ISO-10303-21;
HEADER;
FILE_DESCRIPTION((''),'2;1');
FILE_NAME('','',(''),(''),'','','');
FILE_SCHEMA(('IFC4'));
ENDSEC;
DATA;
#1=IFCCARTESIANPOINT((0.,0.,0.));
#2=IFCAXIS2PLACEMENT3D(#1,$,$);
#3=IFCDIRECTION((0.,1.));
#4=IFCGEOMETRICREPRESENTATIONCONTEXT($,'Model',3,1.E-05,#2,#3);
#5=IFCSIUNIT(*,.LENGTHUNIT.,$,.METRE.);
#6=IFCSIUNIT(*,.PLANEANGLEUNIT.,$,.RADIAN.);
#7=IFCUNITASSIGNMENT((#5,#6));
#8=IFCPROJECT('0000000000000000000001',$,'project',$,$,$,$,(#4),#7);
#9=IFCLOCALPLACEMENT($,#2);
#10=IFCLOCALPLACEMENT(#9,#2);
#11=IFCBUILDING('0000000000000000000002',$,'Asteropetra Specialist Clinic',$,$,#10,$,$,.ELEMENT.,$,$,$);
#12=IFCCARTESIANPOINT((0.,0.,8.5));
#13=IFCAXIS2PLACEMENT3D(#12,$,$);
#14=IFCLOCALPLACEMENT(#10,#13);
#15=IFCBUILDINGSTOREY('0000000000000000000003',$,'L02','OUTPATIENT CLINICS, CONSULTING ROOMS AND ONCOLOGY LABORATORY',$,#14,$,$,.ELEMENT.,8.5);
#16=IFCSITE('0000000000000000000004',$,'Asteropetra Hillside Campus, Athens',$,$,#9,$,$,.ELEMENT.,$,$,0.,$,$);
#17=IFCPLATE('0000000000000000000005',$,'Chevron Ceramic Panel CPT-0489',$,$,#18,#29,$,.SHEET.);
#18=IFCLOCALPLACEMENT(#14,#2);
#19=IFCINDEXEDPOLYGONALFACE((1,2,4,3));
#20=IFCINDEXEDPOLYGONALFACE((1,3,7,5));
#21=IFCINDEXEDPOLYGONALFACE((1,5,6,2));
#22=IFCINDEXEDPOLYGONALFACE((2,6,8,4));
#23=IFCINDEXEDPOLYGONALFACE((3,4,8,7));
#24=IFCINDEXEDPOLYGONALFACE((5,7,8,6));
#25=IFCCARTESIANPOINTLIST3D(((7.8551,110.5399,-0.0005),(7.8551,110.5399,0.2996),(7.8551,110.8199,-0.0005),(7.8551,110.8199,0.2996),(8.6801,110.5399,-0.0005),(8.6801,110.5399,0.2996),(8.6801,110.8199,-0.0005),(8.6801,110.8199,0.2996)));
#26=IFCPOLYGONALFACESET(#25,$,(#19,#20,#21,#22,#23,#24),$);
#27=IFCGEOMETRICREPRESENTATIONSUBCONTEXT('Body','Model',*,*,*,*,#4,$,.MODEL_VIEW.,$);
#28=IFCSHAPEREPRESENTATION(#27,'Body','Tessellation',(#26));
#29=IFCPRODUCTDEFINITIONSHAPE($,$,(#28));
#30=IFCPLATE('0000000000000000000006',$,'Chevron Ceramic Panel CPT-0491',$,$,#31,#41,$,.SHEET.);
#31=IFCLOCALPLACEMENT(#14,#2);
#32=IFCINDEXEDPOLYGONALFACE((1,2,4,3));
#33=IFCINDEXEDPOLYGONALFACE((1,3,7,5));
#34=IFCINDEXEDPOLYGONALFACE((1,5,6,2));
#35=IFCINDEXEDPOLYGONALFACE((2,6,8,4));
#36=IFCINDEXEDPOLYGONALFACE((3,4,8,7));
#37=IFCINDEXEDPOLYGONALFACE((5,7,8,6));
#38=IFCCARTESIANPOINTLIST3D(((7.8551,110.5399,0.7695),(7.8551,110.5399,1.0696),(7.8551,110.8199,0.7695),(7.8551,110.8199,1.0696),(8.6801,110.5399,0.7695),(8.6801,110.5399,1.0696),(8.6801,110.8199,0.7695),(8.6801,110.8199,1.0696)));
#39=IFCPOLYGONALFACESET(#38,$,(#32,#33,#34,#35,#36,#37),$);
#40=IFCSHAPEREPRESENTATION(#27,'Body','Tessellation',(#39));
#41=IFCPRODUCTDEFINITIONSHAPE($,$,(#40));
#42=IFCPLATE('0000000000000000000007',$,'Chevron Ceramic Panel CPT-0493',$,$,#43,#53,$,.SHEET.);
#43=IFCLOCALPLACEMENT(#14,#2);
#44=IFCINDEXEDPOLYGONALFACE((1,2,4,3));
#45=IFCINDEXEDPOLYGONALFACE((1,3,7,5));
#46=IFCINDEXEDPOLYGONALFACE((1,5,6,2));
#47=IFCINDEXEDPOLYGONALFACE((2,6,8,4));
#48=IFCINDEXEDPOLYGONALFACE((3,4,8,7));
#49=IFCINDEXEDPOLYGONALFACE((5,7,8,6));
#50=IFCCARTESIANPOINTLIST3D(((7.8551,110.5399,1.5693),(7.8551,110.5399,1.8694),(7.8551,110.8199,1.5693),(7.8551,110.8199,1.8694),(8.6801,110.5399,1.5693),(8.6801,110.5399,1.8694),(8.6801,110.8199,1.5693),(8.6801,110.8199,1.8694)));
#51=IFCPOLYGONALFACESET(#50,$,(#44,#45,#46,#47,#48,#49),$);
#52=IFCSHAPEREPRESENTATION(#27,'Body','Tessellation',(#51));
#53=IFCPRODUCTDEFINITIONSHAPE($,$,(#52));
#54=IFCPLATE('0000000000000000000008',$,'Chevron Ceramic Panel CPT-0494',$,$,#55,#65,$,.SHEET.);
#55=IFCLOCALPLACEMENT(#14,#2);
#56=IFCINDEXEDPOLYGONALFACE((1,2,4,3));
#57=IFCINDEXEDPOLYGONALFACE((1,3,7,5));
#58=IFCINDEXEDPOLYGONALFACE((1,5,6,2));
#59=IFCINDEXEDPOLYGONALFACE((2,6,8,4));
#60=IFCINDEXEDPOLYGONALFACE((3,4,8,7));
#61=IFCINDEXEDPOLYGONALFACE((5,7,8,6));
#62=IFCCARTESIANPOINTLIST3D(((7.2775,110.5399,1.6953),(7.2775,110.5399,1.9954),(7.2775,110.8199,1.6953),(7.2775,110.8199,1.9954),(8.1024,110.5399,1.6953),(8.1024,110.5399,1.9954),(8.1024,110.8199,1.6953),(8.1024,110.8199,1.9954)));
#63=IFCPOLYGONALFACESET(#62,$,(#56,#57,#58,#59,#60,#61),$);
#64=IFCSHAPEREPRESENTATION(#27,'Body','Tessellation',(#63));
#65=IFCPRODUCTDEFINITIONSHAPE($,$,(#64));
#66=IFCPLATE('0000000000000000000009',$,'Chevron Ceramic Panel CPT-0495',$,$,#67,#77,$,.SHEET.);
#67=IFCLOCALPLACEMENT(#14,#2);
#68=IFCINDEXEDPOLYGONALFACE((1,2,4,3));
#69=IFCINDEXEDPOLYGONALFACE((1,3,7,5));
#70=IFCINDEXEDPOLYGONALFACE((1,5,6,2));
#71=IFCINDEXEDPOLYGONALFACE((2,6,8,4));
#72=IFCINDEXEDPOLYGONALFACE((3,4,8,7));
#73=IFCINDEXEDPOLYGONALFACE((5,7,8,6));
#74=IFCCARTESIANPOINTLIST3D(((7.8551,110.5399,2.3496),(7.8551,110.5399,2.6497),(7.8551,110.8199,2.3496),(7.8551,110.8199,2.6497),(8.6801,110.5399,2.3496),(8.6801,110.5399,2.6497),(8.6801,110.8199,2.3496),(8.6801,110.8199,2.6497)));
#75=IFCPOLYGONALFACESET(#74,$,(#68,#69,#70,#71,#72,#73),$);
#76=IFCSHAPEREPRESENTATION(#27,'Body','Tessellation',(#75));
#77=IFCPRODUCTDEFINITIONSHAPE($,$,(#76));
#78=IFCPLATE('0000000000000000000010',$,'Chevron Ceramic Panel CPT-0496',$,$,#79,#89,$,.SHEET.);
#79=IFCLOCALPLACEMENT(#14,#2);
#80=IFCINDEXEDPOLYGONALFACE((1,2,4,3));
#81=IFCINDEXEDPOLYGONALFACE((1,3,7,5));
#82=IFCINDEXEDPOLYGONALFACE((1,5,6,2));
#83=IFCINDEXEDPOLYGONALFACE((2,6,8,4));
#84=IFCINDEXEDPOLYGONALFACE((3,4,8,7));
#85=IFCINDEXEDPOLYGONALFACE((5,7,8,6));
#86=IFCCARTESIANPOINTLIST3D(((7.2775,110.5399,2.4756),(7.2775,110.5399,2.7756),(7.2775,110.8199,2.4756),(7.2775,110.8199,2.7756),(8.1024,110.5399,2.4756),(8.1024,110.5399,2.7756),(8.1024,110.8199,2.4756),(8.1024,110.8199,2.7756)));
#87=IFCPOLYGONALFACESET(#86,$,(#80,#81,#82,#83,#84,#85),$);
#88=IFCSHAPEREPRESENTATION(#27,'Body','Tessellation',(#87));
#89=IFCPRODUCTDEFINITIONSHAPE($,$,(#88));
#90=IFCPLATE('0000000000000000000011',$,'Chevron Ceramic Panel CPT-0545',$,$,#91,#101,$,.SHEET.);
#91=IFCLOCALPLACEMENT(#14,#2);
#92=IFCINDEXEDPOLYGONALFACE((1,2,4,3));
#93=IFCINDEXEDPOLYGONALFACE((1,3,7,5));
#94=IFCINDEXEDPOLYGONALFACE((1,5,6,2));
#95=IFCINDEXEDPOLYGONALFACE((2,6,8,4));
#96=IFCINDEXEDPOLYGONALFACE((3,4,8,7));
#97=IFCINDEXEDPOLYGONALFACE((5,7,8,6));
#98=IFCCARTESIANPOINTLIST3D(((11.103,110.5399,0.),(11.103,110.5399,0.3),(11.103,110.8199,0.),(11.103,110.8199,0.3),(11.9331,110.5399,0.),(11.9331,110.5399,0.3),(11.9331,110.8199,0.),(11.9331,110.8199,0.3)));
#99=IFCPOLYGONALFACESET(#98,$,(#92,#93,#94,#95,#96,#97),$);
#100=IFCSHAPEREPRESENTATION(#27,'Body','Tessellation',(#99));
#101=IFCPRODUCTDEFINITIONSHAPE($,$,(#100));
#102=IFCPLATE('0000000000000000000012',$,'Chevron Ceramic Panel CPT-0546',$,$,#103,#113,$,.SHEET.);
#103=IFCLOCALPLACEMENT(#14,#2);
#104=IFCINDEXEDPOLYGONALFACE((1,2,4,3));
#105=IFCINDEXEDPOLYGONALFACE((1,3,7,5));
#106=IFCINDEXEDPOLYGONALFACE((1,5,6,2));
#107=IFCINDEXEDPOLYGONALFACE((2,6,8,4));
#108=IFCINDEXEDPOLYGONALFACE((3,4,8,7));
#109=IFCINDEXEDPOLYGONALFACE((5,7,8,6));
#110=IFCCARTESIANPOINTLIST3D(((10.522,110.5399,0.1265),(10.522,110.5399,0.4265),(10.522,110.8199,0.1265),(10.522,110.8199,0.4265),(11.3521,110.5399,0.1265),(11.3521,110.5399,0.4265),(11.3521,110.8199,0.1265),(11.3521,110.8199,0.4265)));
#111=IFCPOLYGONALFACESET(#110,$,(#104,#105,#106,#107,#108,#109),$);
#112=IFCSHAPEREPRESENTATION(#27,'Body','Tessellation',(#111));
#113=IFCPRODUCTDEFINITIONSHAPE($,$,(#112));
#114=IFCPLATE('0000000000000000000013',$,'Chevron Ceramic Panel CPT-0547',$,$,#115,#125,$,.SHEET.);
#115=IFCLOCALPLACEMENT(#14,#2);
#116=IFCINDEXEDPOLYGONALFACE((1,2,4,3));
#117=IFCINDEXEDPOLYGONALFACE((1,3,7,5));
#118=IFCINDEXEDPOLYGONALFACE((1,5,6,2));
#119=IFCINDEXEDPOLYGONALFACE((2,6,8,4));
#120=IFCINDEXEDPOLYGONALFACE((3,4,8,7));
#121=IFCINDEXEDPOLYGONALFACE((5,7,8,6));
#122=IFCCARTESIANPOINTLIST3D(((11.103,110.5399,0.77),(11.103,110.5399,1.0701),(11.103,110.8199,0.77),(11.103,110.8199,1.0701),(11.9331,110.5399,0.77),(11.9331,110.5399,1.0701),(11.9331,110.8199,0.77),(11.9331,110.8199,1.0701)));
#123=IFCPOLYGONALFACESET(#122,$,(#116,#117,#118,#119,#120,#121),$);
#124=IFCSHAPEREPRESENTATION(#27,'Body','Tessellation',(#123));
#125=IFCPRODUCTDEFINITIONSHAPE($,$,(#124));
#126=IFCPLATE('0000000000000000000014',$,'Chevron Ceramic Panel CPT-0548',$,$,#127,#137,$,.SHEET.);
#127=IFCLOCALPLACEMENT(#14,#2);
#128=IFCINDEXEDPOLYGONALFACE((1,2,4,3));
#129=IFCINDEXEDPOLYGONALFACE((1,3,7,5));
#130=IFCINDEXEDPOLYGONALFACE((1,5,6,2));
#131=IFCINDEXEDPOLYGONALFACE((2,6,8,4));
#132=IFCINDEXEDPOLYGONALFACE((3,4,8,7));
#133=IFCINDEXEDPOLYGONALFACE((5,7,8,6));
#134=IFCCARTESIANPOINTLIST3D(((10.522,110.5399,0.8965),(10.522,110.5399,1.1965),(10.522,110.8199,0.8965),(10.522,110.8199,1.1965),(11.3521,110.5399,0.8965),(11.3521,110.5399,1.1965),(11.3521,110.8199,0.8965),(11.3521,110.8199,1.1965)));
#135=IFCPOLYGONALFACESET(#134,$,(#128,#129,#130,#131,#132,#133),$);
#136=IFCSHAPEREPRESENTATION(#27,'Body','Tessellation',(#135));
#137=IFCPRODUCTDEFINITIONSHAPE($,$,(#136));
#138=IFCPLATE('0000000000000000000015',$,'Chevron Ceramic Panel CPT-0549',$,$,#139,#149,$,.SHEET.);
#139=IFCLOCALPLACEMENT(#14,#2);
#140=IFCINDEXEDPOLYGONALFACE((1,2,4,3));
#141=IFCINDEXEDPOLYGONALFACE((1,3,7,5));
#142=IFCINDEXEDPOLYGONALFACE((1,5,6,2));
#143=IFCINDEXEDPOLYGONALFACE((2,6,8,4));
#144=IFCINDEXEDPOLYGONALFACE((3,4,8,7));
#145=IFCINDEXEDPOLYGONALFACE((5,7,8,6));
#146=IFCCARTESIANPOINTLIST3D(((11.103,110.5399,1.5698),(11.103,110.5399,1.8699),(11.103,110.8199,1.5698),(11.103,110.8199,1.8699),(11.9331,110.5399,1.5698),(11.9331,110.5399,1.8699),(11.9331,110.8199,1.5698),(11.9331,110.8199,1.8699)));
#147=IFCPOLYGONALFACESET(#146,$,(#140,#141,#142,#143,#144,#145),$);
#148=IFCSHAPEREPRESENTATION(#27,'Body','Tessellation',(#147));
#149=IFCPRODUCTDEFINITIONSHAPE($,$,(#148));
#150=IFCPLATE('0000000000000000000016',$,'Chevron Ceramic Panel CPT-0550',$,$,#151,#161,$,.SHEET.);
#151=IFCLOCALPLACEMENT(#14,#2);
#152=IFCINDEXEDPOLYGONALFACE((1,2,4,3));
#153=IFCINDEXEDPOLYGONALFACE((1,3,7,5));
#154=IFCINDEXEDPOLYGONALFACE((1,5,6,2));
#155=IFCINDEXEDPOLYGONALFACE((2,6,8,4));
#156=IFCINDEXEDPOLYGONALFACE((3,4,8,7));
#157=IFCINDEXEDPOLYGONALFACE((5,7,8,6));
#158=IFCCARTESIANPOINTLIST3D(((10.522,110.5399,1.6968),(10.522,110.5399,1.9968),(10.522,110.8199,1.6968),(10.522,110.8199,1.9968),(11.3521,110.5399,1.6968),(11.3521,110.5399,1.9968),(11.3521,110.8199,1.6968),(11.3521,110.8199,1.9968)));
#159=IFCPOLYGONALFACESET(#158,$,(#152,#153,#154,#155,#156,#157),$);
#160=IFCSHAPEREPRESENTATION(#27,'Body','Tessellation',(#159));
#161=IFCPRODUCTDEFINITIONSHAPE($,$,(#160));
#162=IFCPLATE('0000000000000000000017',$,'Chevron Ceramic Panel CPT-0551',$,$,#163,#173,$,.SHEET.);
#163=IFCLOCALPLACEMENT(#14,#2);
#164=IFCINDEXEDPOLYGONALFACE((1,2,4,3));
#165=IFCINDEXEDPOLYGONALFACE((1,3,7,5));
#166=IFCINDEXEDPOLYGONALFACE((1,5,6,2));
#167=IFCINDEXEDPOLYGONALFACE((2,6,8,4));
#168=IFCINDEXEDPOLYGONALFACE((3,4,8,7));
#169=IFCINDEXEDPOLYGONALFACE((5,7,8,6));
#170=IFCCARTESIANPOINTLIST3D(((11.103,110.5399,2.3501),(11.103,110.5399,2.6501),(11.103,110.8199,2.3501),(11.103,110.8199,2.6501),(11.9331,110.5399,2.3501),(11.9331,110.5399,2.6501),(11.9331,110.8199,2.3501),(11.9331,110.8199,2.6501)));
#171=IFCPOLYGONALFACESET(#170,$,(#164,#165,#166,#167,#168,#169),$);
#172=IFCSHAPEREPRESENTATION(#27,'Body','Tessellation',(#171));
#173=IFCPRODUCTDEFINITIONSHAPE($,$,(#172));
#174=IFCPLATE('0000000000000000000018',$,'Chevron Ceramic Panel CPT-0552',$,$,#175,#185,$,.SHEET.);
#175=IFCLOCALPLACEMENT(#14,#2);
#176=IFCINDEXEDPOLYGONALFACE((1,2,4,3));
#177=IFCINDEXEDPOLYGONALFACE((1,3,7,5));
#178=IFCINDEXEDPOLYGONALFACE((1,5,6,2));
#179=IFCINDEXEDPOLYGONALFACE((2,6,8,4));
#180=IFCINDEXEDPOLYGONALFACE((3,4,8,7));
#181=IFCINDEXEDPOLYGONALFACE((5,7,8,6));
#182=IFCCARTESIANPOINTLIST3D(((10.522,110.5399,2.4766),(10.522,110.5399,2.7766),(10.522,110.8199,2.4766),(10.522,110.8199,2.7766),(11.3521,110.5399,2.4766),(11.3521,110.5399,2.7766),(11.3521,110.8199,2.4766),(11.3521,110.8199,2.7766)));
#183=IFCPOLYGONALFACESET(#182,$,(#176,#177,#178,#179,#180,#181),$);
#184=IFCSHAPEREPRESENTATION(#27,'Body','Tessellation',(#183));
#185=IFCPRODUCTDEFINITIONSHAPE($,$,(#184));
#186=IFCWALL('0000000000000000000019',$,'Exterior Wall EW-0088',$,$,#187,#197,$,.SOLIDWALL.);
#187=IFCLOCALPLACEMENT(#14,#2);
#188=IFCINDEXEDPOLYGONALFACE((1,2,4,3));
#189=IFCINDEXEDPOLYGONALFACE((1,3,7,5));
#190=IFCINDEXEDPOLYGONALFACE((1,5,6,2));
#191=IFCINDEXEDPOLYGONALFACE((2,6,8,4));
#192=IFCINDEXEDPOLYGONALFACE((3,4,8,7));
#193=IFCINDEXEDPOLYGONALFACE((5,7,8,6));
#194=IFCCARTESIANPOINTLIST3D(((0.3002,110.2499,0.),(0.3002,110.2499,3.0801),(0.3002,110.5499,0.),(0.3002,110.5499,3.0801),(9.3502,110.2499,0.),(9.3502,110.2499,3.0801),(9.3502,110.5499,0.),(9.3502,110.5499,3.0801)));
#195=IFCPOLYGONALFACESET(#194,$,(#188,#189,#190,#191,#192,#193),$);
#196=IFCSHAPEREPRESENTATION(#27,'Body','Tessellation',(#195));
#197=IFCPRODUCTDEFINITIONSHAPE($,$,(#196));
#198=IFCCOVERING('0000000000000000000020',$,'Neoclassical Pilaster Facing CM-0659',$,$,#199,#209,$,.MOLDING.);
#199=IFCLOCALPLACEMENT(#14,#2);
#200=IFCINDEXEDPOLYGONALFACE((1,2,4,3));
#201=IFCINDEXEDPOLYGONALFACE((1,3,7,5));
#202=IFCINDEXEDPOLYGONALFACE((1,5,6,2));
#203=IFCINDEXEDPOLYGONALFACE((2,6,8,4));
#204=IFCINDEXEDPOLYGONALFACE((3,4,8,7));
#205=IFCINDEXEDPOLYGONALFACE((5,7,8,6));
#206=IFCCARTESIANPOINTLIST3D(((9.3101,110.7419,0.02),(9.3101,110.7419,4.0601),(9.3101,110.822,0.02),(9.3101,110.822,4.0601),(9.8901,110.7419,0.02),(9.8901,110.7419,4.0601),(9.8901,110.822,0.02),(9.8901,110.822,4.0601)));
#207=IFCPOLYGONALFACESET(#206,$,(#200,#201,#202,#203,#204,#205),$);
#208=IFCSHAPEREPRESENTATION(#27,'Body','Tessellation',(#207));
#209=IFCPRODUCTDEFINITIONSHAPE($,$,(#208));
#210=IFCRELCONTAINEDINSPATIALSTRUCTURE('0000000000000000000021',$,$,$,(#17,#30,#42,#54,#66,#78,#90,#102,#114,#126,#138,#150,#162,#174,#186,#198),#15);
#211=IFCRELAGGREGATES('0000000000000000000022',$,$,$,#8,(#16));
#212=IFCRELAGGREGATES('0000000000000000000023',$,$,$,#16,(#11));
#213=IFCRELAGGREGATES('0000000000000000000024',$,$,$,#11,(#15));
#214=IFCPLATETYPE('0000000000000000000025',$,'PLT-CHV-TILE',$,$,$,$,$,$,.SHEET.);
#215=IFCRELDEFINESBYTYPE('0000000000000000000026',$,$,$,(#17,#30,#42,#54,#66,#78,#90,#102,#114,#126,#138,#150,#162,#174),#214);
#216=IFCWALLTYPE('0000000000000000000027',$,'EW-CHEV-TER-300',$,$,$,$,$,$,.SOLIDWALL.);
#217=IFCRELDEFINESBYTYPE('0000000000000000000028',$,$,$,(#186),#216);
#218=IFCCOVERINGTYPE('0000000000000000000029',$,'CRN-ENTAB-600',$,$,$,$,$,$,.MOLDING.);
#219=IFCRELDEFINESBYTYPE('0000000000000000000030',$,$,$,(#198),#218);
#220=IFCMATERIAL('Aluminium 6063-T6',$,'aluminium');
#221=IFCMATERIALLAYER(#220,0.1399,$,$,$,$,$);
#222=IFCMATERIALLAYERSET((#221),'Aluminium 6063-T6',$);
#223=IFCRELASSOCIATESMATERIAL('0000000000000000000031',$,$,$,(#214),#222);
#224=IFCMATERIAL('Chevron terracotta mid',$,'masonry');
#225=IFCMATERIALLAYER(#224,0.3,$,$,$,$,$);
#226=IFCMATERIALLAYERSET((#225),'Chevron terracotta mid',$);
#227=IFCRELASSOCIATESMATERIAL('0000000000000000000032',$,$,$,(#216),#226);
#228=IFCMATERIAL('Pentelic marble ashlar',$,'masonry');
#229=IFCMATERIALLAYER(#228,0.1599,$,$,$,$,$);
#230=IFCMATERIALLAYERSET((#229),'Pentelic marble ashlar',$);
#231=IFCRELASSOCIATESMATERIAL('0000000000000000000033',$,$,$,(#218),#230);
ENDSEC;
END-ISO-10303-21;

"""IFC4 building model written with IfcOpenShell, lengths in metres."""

from ifc_helpers import new_model, si_unit, direction, frame, frame_2d, origin, origin_2d, place, context, subcontext, project, spatial, rectangle, extrude, material, layer, layer_set, type_object, element, save


model = new_model("IFC4")

# Units and contexts
model_context = context("Model", 3, precision=1e-05, world=origin(), true_north=direction((0.0, 1.0)))
body_context = subcontext(model_context, "Body", "Model", "MODEL_VIEW")
ifc_project = project(units=[si_unit("LENGTHUNIT", "METRE"), si_unit("PLANEANGLEUNIT", "RADIAN")], contexts=[model_context])

# Site, building, storey
site_placement = place(None, origin())
site = spatial("IfcSite", under=ifc_project, at=site_placement, Name="Asteropetra Hillside Campus, Athens", CompositionType="ELEMENT", RefElevation=0.0)
building_placement = place(site_placement, origin())
building = spatial("IfcBuilding", under=site, at=building_placement, Name="Asteropetra Specialist Clinic", CompositionType="ELEMENT")
storey_placement = place(building_placement, frame((0.0, 0.0, 8.5)))
storey = spatial("IfcBuildingStorey", under=building, at=storey_placement, Name="L02", Description="OUTPATIENT CLINICS, CONSULTING ROOMS AND ONCOLOGY LABORATORY", CompositionType="ELEMENT", Elevation=8.5)

# Plates
ifc_material_1 = material(Name="Aluminium 6063-T6", Category="aluminium")
ifc_layer_1 = layer(ifc_material_1, 0.1399)
ifc_layer_set_1 = layer_set([ifc_layer_1], Name="Aluminium 6063-T6")
plate_type_1 = type_object("IfcPlateType", Name="PLT-CHV-TILE", PredefinedType="SHEET", material=ifc_layer_set_1)
for number, where, z_axis, x_axis, name in (
    (1, (8.2676, 110.6799, -0.0005), (0.0, 0.0, 1.0), (1.0, 0.0, 0.0), "Chevron Ceramic Panel CPT-0489"),
    (2, (8.2676, 110.6799, 0.7695), (0.0, 0.0, 1.0), (1.0, 0.0, 0.0), "Chevron Ceramic Panel CPT-0491"),
    (3, (8.2676, 110.6799, 1.5693), (0.0, 0.0, 1.0), (1.0, 0.0, 0.0), "Chevron Ceramic Panel CPT-0493"),
    (4, (7.6899, 110.6799, 1.6953), (0.0, 0.0, 1.0), (1.0, 0.0, 0.0), "Chevron Ceramic Panel CPT-0494"),
    (5, (8.2676, 110.6799, 2.3496), (0.0, 0.0, 1.0), (1.0, 0.0, 0.0), "Chevron Ceramic Panel CPT-0495"),
    (6, (7.6899, 110.6799, 2.4756), (0.0, 0.0, 1.0), (1.0, 0.0, 0.0), "Chevron Ceramic Panel CPT-0496"),
):
    element("IfcPlate", number, at=place(storey_placement, frame(where, z_axis=z_axis, x_axis=x_axis)), inside=storey, type_object=plate_type_1, Name=name, PredefinedType="SHEET", context=body_context, shape_type="SweptSolid", body=[
        extrude(rectangle(XDim=0.825, YDim=0.28, at=origin_2d()), origin(), (0.0, 0.0, 1.0), 0.3),
    ])
for number, where, z_axis, x_axis, name in (
    (7, (11.5181, 110.6799, 0.0), (0.0, 0.0, 1.0), (1.0, 0.0, 0.0), "Chevron Ceramic Panel CPT-0545"),
    (8, (10.937, 110.6799, 0.1265), (0.0, 0.0, 1.0), (1.0, 0.0, 0.0), "Chevron Ceramic Panel CPT-0546"),
    (9, (11.5181, 110.6799, 0.77), (0.0, 0.0, 1.0), (1.0, 0.0, 0.0), "Chevron Ceramic Panel CPT-0547"),
    (10, (10.937, 110.6799, 0.8965), (0.0, 0.0, 1.0), (1.0, 0.0, 0.0), "Chevron Ceramic Panel CPT-0548"),
    (11, (11.5181, 110.6799, 1.5698), (0.0, 0.0, 1.0), (1.0, 0.0, 0.0), "Chevron Ceramic Panel CPT-0549"),
    (12, (10.937, 110.6799, 1.6968), (0.0, 0.0, 1.0), (1.0, 0.0, 0.0), "Chevron Ceramic Panel CPT-0550"),
    (13, (11.5181, 110.6799, 2.3501), (0.0, 0.0, 1.0), (1.0, 0.0, 0.0), "Chevron Ceramic Panel CPT-0551"),
    (14, (10.937, 110.6799, 2.4766), (0.0, 0.0, 1.0), (1.0, 0.0, 0.0), "Chevron Ceramic Panel CPT-0552"),
):
    element("IfcPlate", number, at=place(storey_placement, frame(where, z_axis=z_axis, x_axis=x_axis)), inside=storey, type_object=plate_type_1, Name=name, PredefinedType="SHEET", context=body_context, shape_type="SweptSolid", body=[
        extrude(rectangle(XDim=0.8301, YDim=0.28, at=origin_2d()), origin(), (0.0, 0.0, 1.0), 0.3),
    ])

# Wall
ifc_material_2 = material(Name="Chevron terracotta mid", Category="masonry")
ifc_layer_2 = layer(ifc_material_2, 0.3)
ifc_layer_set_2 = layer_set([ifc_layer_2], Name="Chevron terracotta mid")
wall_type = type_object("IfcWallType", Name="EW-CHEV-TER-300", PredefinedType="SOLIDWALL", material=ifc_layer_set_2)
wall_placement = place(storey_placement, frame((9.3501, 110.3999, 0.0), z_axis=(0.0, 0.0, 1.0), x_axis=(-1.0, 0.0, 0.0)))
element("IfcWall", 15, at=wall_placement, inside=storey, type_object=wall_type, Name="Exterior Wall EW-0088", PredefinedType="SOLIDWALL", context=body_context, shape_type="SweptSolid", body=[
    extrude(rectangle(XDim=9.05, YDim=0.3, at=frame_2d((4.5249, 0.0))), origin(), (0.0, 0.0, 1.0), 3.0801),
])

# Covering
ifc_material_3 = material(Name="Pentelic marble ashlar", Category="masonry")
ifc_layer_3 = layer(ifc_material_3, 0.1599)
ifc_layer_set_3 = layer_set([ifc_layer_3], Name="Pentelic marble ashlar")
covering_type = type_object("IfcCoveringType", Name="CRN-ENTAB-600", PredefinedType="MOLDING", material=ifc_layer_set_3)
covering_placement = place(storey_placement, frame((9.6001, 110.782, 0.02), z_axis=(0.0, 0.0, 1.0), x_axis=(1.0, 0.0, 0.0)))
element("IfcCovering", 16, at=covering_placement, inside=storey, type_object=covering_type, Name="Neoclassical Pilaster Facing CM-0659", PredefinedType="MOLDING", context=body_context, shape_type="SweptSolid", body=[
    extrude(rectangle(XDim=0.5801, YDim=0.0801, at=origin_2d()), origin(), (0.0, 0.0, 1.0), 4.04),
])

save(model, "model.ifc")
